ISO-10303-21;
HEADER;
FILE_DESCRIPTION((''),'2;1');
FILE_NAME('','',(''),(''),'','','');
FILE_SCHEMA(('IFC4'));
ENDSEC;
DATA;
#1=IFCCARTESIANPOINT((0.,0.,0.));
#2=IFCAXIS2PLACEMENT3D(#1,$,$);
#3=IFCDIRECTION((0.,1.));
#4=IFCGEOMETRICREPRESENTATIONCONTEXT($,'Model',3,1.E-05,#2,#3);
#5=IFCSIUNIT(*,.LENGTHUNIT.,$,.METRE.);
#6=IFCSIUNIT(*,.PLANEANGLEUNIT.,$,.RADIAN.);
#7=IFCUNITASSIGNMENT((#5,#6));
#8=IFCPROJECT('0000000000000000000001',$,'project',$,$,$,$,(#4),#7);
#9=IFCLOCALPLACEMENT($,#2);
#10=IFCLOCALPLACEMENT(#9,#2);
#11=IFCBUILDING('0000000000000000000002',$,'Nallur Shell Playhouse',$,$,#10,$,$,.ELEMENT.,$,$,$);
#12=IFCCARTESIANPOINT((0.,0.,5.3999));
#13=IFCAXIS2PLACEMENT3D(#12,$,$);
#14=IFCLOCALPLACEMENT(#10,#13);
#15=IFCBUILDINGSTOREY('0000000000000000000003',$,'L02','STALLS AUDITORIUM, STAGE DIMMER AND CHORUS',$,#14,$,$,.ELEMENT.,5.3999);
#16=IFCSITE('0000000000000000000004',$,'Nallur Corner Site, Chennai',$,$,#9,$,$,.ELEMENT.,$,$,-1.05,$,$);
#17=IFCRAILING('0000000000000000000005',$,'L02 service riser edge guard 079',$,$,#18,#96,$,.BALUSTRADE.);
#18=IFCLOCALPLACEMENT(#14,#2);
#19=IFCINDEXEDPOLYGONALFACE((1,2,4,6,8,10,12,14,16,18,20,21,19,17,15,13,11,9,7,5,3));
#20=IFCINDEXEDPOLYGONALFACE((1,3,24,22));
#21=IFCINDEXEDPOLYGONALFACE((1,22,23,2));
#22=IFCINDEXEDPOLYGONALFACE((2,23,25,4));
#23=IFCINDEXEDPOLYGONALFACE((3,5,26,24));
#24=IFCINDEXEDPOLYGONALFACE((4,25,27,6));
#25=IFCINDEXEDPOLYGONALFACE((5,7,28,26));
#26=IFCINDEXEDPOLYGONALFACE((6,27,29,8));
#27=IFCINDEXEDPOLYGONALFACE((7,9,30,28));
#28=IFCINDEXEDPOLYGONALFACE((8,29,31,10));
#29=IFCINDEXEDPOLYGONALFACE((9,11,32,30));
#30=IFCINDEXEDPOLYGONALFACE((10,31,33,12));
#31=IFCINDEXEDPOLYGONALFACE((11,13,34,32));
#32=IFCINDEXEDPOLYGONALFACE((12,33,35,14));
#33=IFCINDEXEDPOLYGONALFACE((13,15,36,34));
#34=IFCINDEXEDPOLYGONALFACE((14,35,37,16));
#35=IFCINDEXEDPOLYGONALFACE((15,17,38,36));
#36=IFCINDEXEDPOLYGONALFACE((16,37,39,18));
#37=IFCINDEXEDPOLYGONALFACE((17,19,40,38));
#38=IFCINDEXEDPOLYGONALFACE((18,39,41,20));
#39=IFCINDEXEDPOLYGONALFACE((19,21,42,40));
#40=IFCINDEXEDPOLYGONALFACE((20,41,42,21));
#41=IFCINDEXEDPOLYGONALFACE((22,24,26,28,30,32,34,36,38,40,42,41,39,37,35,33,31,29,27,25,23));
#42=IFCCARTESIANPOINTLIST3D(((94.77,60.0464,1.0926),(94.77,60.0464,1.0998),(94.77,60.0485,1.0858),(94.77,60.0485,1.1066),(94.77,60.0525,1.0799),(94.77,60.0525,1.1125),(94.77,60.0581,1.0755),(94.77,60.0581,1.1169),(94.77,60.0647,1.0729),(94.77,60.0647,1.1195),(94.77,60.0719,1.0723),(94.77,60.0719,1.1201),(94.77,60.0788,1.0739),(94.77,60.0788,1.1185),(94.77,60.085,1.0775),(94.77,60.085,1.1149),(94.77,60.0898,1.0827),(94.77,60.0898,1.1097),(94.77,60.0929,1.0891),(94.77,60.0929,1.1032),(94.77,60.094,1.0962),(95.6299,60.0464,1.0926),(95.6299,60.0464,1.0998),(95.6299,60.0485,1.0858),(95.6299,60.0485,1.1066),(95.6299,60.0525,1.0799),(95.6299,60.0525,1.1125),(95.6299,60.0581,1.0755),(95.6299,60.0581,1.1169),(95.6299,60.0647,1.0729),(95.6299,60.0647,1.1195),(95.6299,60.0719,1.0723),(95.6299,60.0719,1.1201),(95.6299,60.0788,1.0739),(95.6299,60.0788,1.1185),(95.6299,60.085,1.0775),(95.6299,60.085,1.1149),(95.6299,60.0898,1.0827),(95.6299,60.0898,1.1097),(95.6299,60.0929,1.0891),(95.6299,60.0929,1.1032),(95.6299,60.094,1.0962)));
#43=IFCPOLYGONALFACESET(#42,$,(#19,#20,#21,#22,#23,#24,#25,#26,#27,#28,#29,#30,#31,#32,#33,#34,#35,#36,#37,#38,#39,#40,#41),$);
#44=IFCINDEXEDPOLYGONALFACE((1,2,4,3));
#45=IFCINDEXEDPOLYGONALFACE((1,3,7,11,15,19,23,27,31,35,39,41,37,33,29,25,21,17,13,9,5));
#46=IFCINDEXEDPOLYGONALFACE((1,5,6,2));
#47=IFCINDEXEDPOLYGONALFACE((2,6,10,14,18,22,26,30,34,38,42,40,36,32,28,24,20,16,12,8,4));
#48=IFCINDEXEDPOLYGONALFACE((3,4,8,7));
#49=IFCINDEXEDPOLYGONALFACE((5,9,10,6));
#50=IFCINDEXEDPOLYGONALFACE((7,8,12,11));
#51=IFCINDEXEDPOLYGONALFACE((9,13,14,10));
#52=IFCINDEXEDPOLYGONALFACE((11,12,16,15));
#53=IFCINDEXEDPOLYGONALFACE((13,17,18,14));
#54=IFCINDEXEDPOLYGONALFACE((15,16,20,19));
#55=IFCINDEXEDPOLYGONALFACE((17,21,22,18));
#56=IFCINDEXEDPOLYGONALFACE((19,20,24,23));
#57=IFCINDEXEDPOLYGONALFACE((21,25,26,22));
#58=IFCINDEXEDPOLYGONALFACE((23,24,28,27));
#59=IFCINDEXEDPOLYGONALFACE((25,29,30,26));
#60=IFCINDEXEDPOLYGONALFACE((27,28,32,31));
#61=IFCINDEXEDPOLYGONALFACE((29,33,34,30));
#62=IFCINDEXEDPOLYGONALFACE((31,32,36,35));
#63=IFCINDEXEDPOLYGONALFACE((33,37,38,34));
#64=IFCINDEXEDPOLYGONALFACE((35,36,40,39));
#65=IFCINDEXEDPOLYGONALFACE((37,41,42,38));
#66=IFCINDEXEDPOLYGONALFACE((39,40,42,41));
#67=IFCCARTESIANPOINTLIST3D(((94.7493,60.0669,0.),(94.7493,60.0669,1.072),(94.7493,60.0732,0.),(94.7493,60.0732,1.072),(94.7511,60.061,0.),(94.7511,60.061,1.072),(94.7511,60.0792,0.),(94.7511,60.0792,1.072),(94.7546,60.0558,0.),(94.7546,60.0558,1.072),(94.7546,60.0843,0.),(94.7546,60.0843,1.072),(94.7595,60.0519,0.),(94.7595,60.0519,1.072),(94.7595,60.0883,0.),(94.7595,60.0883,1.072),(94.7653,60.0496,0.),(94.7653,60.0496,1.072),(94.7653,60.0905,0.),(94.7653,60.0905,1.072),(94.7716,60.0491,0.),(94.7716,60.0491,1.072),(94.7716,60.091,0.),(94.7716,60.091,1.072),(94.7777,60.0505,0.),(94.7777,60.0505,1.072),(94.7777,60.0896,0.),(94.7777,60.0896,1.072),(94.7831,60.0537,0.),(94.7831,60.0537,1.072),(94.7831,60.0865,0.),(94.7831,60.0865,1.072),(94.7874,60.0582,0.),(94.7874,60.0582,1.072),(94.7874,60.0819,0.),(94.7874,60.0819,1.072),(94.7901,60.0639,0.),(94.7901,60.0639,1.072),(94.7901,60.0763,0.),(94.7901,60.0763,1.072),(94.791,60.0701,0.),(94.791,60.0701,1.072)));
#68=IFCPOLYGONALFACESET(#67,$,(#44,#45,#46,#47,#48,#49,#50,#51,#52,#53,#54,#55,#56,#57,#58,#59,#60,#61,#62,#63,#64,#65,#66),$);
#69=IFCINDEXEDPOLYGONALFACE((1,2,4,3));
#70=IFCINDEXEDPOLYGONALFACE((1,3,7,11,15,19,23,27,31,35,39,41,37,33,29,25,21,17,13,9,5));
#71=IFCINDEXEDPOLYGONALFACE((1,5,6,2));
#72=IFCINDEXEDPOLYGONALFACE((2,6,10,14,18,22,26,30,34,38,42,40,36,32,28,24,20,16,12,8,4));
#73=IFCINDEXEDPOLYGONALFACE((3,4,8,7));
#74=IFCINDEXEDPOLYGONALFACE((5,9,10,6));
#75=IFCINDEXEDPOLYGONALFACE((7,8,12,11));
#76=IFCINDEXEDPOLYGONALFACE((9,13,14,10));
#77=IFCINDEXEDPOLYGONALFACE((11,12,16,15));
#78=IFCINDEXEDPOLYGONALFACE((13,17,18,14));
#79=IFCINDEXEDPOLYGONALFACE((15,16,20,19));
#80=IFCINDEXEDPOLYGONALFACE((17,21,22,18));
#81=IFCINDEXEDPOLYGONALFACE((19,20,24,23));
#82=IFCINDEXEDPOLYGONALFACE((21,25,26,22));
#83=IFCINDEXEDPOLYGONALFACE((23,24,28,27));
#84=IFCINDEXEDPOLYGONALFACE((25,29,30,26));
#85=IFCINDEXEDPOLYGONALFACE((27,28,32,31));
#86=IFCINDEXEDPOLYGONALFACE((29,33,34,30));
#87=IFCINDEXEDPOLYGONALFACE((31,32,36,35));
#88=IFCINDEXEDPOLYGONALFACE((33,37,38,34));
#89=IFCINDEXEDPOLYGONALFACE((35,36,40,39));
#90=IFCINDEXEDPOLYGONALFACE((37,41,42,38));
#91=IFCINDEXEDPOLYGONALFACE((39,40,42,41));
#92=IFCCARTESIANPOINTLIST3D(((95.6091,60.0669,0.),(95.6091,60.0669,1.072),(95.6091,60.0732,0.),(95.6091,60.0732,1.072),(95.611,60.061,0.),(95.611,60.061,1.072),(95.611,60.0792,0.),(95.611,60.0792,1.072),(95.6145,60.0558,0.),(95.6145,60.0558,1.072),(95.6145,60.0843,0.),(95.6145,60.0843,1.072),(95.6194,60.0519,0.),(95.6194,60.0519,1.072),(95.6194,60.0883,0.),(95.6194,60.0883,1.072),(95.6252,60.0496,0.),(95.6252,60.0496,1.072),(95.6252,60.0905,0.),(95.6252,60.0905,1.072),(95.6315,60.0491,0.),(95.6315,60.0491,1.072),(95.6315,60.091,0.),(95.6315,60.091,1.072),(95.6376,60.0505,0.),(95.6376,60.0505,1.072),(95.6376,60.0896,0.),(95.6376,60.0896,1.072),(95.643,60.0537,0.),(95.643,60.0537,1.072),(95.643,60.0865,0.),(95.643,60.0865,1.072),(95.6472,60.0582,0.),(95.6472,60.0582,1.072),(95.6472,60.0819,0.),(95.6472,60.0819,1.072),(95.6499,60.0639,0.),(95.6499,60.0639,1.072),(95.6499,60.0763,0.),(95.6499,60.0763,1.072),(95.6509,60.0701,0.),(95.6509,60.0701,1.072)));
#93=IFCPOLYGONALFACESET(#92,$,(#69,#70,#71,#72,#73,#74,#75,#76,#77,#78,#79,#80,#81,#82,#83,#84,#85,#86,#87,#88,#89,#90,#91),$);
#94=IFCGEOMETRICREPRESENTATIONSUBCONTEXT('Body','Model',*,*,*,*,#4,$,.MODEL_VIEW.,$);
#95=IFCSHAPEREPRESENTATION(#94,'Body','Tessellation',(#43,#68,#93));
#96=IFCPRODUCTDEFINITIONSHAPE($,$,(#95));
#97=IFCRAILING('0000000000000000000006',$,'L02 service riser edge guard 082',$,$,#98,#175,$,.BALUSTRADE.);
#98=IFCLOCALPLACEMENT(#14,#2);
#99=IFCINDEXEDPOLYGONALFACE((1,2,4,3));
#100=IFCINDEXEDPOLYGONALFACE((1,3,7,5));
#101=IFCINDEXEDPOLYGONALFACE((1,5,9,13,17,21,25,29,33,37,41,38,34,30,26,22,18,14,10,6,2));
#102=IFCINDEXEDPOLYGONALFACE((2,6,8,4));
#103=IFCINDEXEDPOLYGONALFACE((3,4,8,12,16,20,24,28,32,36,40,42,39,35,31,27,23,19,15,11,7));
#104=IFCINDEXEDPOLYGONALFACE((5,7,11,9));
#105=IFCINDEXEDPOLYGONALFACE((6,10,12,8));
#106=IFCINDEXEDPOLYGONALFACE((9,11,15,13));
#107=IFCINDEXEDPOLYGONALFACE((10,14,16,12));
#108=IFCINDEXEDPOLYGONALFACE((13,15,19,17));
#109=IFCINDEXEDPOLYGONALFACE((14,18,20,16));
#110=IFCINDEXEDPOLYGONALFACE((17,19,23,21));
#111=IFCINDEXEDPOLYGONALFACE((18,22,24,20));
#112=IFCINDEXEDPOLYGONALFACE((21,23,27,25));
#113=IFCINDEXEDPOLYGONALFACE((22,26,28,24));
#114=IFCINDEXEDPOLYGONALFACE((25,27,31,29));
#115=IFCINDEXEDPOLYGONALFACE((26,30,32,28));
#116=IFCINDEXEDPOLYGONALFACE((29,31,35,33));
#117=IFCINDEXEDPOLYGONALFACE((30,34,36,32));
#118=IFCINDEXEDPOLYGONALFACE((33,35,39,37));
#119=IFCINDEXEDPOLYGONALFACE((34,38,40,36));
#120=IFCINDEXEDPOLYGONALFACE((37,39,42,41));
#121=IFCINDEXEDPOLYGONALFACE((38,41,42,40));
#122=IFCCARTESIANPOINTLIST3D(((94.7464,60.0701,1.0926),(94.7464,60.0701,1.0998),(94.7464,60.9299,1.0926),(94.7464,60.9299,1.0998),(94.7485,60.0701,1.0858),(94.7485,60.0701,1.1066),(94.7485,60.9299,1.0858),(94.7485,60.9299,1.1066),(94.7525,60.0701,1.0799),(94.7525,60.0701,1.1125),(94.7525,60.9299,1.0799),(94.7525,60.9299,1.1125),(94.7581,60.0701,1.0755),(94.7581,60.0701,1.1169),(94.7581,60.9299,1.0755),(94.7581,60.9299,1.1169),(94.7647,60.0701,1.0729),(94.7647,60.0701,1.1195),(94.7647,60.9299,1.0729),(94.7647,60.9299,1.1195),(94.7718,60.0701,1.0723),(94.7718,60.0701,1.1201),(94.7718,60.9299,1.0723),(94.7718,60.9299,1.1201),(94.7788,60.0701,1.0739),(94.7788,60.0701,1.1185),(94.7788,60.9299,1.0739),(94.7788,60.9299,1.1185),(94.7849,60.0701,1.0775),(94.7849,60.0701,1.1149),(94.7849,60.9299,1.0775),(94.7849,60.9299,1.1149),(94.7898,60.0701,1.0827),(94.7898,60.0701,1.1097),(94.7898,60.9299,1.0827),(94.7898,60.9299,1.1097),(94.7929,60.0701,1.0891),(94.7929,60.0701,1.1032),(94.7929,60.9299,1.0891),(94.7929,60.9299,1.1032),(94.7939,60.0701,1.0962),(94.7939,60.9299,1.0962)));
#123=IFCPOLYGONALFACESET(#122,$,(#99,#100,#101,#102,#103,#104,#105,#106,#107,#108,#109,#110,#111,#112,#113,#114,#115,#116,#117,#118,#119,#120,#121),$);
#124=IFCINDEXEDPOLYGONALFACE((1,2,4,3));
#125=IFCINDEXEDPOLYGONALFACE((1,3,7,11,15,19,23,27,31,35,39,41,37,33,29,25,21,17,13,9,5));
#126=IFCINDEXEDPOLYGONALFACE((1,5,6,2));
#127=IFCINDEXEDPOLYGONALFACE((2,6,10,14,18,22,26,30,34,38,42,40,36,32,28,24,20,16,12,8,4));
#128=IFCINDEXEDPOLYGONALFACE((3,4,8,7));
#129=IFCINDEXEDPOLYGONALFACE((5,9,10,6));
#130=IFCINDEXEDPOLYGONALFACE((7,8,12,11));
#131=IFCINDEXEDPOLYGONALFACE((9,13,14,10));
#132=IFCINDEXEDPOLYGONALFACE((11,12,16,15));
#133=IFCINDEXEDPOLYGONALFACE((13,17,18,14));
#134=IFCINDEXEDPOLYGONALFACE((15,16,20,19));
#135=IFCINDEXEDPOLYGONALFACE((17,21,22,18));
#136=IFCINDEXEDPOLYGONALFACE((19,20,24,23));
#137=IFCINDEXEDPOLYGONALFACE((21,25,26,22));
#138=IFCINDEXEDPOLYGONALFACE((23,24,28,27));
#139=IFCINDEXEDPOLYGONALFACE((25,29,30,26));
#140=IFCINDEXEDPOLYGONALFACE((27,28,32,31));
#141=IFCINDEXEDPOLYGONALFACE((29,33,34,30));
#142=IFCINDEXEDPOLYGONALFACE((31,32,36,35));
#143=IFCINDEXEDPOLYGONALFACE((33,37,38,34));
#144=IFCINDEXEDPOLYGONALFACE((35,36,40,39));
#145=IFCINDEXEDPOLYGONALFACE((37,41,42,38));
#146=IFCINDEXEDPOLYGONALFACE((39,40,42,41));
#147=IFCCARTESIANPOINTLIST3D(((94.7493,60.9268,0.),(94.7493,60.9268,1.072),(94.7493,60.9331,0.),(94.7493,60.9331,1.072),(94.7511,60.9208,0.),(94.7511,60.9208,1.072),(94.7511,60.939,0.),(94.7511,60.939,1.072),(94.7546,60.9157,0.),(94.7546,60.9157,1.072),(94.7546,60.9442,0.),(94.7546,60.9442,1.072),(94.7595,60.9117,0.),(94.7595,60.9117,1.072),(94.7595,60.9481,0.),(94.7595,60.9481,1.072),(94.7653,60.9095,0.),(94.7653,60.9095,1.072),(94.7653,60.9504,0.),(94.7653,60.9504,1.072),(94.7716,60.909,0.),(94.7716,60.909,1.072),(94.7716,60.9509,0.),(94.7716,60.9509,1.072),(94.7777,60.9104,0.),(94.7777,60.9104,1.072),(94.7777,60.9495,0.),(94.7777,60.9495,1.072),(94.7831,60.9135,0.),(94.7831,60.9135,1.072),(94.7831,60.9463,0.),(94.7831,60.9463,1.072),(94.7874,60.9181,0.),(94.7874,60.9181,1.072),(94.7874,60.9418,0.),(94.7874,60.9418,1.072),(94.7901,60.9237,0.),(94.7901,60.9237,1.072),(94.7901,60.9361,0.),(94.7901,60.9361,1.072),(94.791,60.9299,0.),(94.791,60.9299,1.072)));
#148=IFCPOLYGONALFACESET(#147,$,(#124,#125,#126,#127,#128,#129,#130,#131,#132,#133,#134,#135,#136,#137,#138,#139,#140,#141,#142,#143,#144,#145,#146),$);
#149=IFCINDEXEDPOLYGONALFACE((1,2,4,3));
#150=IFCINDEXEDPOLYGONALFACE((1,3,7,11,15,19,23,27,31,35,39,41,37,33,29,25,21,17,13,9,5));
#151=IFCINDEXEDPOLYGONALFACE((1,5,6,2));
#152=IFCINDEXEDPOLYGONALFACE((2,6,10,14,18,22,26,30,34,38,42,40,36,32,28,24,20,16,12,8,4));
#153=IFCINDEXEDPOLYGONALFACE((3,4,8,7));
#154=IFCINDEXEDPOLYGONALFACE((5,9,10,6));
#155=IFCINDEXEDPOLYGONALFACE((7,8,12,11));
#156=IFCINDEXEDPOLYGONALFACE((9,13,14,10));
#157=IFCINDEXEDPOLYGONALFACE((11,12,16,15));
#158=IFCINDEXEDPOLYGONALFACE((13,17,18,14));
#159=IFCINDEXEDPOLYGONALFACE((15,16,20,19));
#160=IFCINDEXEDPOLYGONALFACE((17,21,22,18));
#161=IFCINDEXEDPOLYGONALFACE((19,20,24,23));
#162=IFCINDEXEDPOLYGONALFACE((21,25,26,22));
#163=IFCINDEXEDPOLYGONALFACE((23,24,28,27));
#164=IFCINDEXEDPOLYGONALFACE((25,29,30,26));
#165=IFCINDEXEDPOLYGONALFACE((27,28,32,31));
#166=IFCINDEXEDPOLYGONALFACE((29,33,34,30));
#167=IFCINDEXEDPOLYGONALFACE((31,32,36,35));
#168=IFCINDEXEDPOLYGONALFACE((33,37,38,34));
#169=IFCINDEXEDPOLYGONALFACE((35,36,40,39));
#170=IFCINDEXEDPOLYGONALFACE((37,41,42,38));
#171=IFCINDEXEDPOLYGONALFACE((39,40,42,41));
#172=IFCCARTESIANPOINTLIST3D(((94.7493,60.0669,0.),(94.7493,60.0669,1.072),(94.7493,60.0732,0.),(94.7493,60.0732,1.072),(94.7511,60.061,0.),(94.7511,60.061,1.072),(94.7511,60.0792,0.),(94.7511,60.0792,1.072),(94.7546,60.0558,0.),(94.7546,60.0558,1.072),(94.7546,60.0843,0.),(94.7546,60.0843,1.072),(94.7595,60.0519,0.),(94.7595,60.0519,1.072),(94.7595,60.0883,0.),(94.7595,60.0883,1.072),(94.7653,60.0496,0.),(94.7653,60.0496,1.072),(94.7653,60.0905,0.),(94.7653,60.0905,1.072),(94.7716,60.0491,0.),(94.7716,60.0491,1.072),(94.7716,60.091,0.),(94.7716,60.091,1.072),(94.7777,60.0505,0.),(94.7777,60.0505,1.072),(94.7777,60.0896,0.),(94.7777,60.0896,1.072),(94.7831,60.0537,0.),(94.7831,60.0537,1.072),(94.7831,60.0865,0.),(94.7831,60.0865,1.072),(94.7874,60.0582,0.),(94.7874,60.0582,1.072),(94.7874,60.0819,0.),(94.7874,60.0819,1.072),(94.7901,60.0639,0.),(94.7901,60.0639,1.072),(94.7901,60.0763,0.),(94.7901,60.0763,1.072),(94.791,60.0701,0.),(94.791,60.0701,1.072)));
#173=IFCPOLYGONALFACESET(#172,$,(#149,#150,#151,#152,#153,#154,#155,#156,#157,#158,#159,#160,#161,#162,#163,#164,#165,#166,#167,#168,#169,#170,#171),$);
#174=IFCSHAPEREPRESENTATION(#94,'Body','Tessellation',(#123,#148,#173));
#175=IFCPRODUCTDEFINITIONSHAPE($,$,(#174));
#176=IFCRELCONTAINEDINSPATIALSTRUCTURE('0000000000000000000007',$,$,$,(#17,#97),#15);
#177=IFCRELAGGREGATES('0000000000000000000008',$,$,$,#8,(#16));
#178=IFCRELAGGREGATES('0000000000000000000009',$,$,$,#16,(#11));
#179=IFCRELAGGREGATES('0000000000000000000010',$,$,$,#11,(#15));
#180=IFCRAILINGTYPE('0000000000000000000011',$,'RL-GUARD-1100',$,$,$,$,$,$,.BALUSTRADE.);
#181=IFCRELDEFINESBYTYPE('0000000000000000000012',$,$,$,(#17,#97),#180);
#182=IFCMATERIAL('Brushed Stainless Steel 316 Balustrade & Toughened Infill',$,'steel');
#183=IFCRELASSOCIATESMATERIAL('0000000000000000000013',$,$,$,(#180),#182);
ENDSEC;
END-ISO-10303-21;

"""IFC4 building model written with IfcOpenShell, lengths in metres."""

from ifc_helpers import new_model, si_unit, direction, frame, origin, origin_2d, place, context, subcontext, project, spatial, circle, extrude, material, type_object, element, save


model = new_model("IFC4")

# Units and contexts
model_context = context("Model", 3, precision=1e-05, world=origin(), true_north=direction((0.0, 1.0)))
body_context = subcontext(model_context, "Body", "Model", "MODEL_VIEW")
ifc_project = project(units=[si_unit("LENGTHUNIT", "METRE"), si_unit("PLANEANGLEUNIT", "RADIAN")], contexts=[model_context])

# Site, building, storey
site_placement = place(None, origin())
site = spatial("IfcSite", under=ifc_project, at=site_placement, Name="Nallur Corner Site, Chennai", CompositionType="ELEMENT", RefElevation=-1.05)
building_placement = place(site_placement, origin())
building = spatial("IfcBuilding", under=site, at=building_placement, Name="Nallur Shell Playhouse", CompositionType="ELEMENT")
storey_placement = place(building_placement, frame((0.0, 0.0, 5.3999)))
storey = spatial("IfcBuildingStorey", under=building, at=storey_placement, Name="L02", Description="STALLS AUDITORIUM, STAGE DIMMER AND CHORUS", CompositionType="ELEMENT", Elevation=5.3999)

# Railings
ifc_material_1 = material(Name="Brushed Stainless Steel 316 Balustrade & Toughened Infill", Category="steel")
railing_type_1 = type_object("IfcRailingType", Name="RL-GUARD-1100", PredefinedType="BALUSTRADE", material=ifc_material_1)
railing_1_placement = place(storey_placement, frame((94.77, 60.0701, 0.0)))
element("IfcRailing", 1, at=railing_1_placement, inside=storey, type_object=railing_type_1, Name="L02 service riser edge guard 079", PredefinedType="BALUSTRADE", context=body_context, shape_type="SweptSolid", body=[
    extrude(circle(Radius=0.0239, at=origin_2d()), frame((0.0, 0.0, 1.0962), z_axis=(1.0, 0.0, 0.0), x_axis=(0.0, 1.0, 0.0)), (0.0, 0.0, 1.0), 0.8599),
    extrude(circle(Radius=0.021, at=origin_2d()), origin(), (0.0, 0.0, 1.0), 1.072),
    extrude(circle(Radius=0.021, at=origin_2d()), frame((0.8599, 0.0, 0.0)), (0.0, 0.0, 1.0), 1.072),
])
railing_2_placement = place(storey_placement, frame((94.77, 60.9299, 0.0)))
element("IfcRailing", 2, at=railing_2_placement, inside=storey, type_object=railing_type_1, Name="L02 service riser edge guard 082", PredefinedType="BALUSTRADE", context=body_context, shape_type="SweptSolid", body=[
    extrude(circle(Radius=0.0239, at=origin_2d()), frame((0.0, 0.0, 1.0962), z_axis=(0.0, -1.0, 0.0), x_axis=(1.0, 0.0, 0.0)), (0.0, 0.0, 1.0), 0.8599),
    extrude(circle(Radius=0.021, at=origin_2d()), origin(), (0.0, 0.0, 1.0), 1.072),
    extrude(circle(Radius=0.021, at=origin_2d()), frame((0.0, -0.8599, 0.0)), (0.0, 0.0, 1.0), 1.072),
])

save(model, "model.ifc")
